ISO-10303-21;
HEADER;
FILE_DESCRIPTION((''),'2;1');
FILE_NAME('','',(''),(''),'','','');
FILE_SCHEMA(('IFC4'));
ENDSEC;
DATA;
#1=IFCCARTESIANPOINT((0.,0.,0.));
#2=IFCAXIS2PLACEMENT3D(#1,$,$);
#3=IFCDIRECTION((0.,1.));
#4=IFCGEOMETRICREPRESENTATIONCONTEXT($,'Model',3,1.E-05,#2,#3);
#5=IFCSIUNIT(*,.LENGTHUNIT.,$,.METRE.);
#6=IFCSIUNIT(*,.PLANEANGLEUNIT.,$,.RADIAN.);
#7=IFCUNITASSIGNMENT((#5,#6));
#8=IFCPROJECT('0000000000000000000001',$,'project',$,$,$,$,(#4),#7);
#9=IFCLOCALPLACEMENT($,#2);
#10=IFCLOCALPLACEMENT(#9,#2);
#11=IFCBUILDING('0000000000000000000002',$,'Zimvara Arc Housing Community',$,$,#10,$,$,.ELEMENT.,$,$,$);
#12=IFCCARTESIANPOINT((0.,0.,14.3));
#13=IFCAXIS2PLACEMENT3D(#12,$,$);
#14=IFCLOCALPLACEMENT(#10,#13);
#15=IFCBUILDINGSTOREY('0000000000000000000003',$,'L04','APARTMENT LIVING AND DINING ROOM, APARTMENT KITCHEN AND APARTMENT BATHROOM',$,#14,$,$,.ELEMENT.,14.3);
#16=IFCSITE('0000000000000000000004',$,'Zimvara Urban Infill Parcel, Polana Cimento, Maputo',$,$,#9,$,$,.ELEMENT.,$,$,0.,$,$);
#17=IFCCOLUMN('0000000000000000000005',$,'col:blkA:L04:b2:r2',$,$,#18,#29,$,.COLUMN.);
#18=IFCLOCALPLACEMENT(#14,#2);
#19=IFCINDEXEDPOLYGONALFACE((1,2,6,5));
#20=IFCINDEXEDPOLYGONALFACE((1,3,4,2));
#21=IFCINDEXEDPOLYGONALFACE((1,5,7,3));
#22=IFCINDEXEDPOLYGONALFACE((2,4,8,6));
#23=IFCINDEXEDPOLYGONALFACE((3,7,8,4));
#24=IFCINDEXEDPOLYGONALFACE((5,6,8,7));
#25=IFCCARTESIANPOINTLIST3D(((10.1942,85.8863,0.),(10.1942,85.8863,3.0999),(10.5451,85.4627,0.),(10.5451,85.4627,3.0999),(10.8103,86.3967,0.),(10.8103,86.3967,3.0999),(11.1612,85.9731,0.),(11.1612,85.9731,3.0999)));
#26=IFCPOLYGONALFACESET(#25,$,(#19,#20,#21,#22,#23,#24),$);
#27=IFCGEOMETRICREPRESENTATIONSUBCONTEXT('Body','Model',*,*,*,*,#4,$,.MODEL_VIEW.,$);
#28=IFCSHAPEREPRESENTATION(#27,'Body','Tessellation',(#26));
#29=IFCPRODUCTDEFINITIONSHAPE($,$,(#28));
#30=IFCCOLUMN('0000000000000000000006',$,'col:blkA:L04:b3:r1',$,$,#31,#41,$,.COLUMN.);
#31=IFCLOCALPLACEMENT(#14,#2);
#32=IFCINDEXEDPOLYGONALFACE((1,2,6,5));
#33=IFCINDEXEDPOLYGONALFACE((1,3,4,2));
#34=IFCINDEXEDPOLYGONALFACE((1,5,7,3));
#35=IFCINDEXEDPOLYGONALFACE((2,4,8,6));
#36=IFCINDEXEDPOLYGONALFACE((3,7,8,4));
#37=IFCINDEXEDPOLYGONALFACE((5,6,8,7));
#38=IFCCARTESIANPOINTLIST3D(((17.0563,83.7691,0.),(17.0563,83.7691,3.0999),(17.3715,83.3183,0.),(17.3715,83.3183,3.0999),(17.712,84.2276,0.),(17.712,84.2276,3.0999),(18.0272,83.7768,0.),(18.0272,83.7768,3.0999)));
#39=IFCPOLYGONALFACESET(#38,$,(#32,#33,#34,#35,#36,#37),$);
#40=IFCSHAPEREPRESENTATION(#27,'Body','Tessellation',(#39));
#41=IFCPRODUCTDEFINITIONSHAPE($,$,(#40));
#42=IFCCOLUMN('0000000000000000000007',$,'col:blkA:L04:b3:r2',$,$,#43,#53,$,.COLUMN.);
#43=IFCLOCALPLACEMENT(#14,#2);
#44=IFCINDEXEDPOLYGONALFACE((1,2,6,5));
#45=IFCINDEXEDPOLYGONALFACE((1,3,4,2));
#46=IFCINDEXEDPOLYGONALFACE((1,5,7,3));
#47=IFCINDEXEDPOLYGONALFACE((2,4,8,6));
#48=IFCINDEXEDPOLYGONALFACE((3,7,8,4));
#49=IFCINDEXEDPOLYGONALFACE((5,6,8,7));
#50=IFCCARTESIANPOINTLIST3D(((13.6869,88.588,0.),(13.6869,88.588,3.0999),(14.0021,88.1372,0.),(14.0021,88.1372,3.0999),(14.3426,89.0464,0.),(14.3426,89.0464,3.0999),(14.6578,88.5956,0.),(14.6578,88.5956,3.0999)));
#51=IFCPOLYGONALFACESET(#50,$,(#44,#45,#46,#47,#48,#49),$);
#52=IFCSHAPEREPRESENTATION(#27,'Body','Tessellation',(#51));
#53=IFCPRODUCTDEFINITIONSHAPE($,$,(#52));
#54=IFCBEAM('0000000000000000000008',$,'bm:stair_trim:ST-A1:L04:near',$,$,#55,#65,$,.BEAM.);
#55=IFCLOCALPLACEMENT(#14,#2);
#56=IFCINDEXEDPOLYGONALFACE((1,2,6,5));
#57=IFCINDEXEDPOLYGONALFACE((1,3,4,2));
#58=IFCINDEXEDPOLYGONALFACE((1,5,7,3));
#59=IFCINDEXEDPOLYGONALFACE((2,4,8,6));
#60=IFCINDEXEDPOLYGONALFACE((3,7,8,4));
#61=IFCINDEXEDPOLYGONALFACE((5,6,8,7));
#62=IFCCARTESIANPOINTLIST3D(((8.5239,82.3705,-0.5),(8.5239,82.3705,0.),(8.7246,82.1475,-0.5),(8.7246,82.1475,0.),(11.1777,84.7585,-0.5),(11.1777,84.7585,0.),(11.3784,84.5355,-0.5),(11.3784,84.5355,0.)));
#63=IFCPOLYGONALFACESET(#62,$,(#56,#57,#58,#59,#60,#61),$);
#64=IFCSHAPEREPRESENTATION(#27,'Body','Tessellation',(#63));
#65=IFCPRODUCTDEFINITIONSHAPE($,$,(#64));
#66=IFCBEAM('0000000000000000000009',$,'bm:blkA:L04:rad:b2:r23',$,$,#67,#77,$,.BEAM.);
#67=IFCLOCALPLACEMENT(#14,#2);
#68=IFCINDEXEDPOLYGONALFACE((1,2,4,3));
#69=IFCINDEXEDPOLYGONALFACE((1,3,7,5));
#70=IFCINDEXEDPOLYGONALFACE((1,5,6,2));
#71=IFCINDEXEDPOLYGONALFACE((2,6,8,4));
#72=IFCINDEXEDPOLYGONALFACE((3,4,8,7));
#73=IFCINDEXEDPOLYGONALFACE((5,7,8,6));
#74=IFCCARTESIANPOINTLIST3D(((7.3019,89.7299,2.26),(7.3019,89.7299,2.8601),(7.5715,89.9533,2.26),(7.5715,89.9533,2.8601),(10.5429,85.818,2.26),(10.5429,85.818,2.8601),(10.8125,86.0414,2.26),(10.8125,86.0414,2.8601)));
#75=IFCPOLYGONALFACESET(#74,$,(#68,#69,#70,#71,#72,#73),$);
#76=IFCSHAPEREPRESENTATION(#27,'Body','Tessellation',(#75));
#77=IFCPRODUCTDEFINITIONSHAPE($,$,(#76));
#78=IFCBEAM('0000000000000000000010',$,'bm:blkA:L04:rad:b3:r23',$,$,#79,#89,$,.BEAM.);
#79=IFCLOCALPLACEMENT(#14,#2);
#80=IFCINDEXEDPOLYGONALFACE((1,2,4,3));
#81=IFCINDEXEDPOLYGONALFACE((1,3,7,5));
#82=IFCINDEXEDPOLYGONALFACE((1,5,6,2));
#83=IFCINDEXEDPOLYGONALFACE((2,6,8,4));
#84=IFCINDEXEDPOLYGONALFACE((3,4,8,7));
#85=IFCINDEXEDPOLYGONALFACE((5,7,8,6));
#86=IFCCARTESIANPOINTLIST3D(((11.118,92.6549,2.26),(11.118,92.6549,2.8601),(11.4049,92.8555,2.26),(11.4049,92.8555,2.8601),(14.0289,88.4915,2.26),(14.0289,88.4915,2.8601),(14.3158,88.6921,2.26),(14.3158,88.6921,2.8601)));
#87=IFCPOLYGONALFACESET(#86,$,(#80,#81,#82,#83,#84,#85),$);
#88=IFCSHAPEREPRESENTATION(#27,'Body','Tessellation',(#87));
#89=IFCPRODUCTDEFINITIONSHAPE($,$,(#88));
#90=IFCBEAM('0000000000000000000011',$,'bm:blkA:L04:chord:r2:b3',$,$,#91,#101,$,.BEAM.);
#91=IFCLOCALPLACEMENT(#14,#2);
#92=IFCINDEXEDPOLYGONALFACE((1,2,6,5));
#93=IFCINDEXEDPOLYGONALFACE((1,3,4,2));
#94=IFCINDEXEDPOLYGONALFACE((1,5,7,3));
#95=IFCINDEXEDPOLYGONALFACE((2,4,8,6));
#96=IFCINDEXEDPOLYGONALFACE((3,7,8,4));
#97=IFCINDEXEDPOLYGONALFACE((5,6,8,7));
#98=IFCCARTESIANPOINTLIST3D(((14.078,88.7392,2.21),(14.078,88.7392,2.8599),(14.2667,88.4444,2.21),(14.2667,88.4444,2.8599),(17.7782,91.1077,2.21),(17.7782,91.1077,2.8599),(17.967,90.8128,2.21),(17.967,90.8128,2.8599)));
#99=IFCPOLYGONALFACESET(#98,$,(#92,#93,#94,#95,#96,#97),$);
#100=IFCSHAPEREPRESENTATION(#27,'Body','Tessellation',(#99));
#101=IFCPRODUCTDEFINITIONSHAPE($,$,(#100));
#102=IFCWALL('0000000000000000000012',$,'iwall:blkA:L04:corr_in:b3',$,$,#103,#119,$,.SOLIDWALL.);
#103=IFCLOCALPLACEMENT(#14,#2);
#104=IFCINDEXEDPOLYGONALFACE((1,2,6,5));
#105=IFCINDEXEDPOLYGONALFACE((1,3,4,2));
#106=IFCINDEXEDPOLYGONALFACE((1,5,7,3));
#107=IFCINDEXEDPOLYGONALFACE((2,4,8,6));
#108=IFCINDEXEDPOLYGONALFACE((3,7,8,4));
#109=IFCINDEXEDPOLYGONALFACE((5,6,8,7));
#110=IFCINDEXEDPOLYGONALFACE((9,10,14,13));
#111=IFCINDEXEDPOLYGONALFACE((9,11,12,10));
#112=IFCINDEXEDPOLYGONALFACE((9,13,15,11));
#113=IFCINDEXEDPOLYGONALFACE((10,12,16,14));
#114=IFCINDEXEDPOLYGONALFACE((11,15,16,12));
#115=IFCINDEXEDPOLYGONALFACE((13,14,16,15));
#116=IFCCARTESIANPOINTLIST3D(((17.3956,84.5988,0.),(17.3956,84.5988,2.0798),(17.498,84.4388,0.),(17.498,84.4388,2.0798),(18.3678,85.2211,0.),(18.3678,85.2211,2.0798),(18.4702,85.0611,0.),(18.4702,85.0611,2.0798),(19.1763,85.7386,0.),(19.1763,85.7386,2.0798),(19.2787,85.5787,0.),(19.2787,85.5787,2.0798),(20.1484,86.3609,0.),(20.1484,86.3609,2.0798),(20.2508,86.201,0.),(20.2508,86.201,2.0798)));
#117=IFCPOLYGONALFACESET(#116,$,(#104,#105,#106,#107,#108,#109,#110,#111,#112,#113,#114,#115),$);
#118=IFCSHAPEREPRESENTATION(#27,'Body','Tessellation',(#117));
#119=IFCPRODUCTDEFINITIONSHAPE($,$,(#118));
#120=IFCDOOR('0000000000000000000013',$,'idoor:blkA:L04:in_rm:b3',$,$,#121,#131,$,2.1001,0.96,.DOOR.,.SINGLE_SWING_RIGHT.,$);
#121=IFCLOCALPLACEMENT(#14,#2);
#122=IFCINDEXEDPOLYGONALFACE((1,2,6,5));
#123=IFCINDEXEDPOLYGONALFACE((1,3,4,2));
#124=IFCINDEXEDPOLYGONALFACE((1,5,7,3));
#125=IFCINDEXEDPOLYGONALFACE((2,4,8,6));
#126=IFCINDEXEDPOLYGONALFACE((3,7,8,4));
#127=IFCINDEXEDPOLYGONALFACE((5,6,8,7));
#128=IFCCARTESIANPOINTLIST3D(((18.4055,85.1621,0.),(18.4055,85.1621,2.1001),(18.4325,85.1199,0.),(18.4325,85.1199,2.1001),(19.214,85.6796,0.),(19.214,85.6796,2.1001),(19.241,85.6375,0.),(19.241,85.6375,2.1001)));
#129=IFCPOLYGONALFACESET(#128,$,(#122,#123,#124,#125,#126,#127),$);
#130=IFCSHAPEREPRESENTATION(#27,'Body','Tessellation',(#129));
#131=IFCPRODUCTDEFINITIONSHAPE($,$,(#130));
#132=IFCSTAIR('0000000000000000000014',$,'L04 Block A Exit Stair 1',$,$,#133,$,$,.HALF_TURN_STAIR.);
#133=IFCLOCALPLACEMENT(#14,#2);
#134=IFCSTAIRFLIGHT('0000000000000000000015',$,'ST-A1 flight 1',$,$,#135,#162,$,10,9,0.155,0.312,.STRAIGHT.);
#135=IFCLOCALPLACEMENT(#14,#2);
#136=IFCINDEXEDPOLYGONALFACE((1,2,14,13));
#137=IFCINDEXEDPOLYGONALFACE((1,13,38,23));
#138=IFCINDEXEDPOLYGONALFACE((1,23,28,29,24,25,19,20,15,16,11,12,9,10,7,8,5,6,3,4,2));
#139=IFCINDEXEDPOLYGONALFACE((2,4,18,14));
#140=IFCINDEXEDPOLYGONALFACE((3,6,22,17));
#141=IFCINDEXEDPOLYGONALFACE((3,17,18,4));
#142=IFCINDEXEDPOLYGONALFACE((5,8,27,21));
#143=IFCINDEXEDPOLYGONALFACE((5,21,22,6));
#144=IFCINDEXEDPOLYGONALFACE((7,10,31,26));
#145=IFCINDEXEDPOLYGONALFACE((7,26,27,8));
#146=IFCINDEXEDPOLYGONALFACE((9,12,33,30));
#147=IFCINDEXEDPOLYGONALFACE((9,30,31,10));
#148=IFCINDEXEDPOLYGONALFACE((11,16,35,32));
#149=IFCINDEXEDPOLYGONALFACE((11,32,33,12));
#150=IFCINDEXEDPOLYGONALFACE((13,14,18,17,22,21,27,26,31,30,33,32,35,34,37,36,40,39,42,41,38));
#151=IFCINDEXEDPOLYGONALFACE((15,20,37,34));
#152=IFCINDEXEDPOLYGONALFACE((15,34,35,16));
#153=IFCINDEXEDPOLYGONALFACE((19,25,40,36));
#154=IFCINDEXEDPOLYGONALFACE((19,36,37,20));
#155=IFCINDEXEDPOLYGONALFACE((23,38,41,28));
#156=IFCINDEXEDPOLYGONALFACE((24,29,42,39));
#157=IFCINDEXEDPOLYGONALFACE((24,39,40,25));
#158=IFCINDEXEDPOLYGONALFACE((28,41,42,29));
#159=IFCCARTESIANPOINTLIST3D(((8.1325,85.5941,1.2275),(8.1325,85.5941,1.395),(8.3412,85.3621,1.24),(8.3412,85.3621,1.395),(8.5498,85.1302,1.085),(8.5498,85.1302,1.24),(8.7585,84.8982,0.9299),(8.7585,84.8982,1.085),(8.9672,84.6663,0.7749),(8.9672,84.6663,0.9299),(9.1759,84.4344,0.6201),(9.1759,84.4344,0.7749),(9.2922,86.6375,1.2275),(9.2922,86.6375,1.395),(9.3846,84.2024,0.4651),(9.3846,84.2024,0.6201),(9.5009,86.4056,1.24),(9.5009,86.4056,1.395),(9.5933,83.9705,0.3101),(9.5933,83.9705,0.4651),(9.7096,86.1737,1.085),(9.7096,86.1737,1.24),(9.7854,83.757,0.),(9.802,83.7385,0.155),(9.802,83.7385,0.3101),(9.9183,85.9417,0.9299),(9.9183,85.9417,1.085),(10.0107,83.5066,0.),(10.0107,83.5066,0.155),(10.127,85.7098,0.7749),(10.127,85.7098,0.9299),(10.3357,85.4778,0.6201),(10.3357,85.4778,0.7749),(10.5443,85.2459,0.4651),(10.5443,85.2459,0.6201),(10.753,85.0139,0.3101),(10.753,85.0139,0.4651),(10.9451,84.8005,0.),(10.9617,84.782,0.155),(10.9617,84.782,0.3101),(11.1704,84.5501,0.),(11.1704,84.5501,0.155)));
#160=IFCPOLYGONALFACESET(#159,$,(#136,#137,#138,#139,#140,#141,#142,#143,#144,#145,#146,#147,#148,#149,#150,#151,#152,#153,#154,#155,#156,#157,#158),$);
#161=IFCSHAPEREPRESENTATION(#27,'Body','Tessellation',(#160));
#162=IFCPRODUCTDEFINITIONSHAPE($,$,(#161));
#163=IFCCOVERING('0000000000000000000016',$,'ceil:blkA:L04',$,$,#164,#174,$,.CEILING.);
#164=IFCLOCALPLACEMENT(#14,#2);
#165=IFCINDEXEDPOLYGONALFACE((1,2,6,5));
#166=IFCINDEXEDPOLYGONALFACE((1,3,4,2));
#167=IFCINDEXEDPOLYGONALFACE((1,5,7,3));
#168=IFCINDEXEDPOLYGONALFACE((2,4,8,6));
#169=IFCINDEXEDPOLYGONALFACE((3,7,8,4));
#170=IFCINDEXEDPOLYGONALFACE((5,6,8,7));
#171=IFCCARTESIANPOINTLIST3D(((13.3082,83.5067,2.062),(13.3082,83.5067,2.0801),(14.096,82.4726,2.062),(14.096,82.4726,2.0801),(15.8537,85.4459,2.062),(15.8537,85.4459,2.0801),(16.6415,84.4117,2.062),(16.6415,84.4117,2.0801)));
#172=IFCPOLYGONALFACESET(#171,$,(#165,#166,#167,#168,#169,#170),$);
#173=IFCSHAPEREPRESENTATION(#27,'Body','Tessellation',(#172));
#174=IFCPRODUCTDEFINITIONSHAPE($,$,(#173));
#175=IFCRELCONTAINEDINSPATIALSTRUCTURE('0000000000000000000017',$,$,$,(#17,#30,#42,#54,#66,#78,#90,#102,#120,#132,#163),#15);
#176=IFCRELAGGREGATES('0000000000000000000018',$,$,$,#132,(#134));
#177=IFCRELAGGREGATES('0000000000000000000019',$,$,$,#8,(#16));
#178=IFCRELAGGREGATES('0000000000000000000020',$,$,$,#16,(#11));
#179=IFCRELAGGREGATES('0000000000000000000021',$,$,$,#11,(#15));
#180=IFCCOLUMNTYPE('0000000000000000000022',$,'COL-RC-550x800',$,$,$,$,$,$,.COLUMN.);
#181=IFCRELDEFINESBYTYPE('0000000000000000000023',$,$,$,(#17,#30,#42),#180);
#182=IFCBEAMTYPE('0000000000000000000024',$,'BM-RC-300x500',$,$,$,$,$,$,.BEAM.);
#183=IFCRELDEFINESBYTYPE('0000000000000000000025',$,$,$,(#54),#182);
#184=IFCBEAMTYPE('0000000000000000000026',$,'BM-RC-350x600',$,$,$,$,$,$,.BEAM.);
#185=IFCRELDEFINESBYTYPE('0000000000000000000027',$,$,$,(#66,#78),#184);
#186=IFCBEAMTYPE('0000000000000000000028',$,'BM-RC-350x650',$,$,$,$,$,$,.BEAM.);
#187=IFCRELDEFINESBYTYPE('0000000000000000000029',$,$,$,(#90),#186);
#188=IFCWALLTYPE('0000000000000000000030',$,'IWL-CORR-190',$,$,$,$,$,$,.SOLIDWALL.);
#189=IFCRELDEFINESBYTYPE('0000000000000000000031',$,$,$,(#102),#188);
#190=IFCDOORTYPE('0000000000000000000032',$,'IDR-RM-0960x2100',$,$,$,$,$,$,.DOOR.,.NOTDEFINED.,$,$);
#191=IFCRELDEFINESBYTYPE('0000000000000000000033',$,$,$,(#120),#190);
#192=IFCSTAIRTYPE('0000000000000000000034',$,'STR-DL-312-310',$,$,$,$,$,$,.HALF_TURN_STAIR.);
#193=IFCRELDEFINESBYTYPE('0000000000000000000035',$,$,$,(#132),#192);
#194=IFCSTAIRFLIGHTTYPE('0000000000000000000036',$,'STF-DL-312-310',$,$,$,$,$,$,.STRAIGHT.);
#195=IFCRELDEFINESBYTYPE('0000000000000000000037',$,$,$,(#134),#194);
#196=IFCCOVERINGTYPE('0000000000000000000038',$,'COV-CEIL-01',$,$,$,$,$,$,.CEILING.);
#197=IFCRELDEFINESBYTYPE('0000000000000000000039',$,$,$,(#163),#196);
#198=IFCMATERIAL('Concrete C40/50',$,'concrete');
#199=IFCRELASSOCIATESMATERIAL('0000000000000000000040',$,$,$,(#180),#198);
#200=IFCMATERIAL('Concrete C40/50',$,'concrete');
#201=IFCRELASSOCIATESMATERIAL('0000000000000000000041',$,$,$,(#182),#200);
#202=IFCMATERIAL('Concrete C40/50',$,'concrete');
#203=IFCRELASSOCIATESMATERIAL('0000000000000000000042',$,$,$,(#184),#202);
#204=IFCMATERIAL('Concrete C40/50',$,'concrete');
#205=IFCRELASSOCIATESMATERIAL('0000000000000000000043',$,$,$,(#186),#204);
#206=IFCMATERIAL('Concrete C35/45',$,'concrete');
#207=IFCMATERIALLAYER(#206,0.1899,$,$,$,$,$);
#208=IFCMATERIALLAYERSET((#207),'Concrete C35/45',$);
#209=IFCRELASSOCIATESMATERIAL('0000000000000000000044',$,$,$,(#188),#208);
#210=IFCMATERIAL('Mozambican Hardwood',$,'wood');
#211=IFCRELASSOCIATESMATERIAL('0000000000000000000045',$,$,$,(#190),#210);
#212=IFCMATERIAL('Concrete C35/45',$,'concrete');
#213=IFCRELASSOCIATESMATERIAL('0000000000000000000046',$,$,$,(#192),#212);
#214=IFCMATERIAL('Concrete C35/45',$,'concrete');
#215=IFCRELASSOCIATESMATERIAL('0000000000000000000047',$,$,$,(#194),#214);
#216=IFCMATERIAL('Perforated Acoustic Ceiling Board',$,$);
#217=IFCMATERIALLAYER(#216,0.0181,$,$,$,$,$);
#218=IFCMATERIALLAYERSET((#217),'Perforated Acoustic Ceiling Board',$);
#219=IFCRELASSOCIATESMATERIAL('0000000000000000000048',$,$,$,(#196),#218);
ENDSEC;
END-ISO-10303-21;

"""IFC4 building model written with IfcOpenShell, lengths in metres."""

from ifc_helpers import new_model, si_unit, direction, frame, frame_2d, origin, origin_2d, place, context, subcontext, project, spatial, polyline, rectangle, outline, extrude, material, layer, layer_set, material_profile, profile_set, type_object, element, fill, aggregate, save


model = new_model("IFC4")

# Units and contexts
model_context = context("Model", 3, precision=1e-05, world=origin(), true_north=direction((0.0, 1.0)))
body_context = subcontext(model_context, "Body", "Model", "MODEL_VIEW")
ifc_project = project(units=[si_unit("LENGTHUNIT", "METRE"), si_unit("PLANEANGLEUNIT", "RADIAN")], contexts=[model_context])

# Site, building, storey
site_placement = place(None, origin())
site = spatial("IfcSite", under=ifc_project, at=site_placement, Name="Zimvara Urban Infill Parcel, Polana Cimento, Maputo", CompositionType="ELEMENT", RefElevation=0.0)
building_placement = place(site_placement, origin())
building = spatial("IfcBuilding", under=site, at=building_placement, Name="Zimvara Arc Housing Community", CompositionType="ELEMENT")
storey_placement = place(building_placement, frame((0.0, 0.0, 14.3)))
storey = spatial("IfcBuildingStorey", under=building, at=storey_placement, Name="L04", Description="APARTMENT LIVING AND DINING ROOM, APARTMENT KITCHEN AND APARTMENT BATHROOM", CompositionType="ELEMENT", Elevation=14.3)

# Columns
ifc_material_1 = material(Name="Concrete C40/50", Category="concrete")
ifc_material_profile_1 = material_profile(ifc_material_1, rectangle(XDim=0.55, YDim=0.8, at=origin_2d()), Name="RC 550x800")
ifc_profile_set_1 = profile_set([ifc_material_profile_1], Name="Concrete C40/50")
column_type = type_object("IfcColumnType", Name="COL-RC-550x800", PredefinedType="COLUMN", material=ifc_profile_set_1)
for number, where, z_axis, x_axis, name in (
    (1, (10.6777, 85.9297, 0.0), (0.0, 0.0, 1.0), (-0.637962, 0.770068, 0.0), "col:blkA:L04:b2:r2"),
    (2, (17.5417, 83.7729, 0.0), (0.0, 0.0, 1.0), (-0.573004, 0.819552, 0.0), "col:blkA:L04:b3:r1"),
    (3, (14.1724, 88.5918, 0.0), (0.0, 0.0, 1.0), (-0.573004, 0.819552, 0.0), "col:blkA:L04:b3:r2"),
):
    element("IfcColumn", number, at=place(storey_placement, frame(where, z_axis=z_axis, x_axis=x_axis)), inside=storey, type_object=column_type, Name=name, PredefinedType="COLUMN", context=body_context, shape_type="SweptSolid", body=[
        extrude(rectangle(XDim=0.55, YDim=0.8, at=origin_2d()), origin(), (0.0, 0.0, 1.0), 3.0999),
    ])

# Beams
ifc_material_2 = material(Name="Concrete C40/50", Category="concrete")
ifc_material_profile_2 = material_profile(ifc_material_2, rectangle(XDim=0.3, YDim=0.5, at=origin_2d()), Name="RC 300x500")
ifc_profile_set_2 = profile_set([ifc_material_profile_2], Name="Concrete C40/50")
beam_type_1 = type_object("IfcBeamType", Name="BM-RC-300x500", PredefinedType="BEAM", material=ifc_profile_set_2)
beam_1_placement = place(storey_placement, frame((11.2781, 84.647, -0.25), z_axis=(-0.743362, -0.668889, 0.0), x_axis=(0.668889, -0.743362, 0.0)))
element("IfcBeam", 4, at=beam_1_placement, inside=storey, type_object=beam_type_1, Name="bm:stair_trim:ST-A1:L04:near", PredefinedType="BEAM", context=body_context, shape_type="SweptSolid", body=[
    extrude(rectangle(XDim=0.3, YDim=0.5, at=origin_2d()), origin(), (0.0, 0.0, 1.0), 3.5701),
])
ifc_material_3 = material(Name="Concrete C40/50", Category="concrete")
ifc_material_profile_3 = material_profile(ifc_material_3, rectangle(XDim=0.3501, YDim=0.6001, at=origin_2d()), Name="RC 350x600")
ifc_profile_set_3 = profile_set([ifc_material_profile_3], Name="Concrete C40/50")
beam_type_2 = type_object("IfcBeamType", Name="BM-RC-350x600", PredefinedType="BEAM", material=ifc_profile_set_3)
for number, where, z_axis, x_axis, name in (
    (5, (10.6777, 85.9297, 2.5601), (-0.637984, 0.77005, 0.0), (-0.77005, -0.637984, 0.0), "bm:blkA:L04:rad:b2:r23"),
    (6, (14.1724, 88.5918, 2.5601), (-0.573007, 0.81955, 0.0), (-0.81955, -0.573007, 0.0), "bm:blkA:L04:rad:b3:r23"),
):
    element("IfcBeam", number, at=place(storey_placement, frame(where, z_axis=z_axis, x_axis=x_axis)), inside=storey, type_object=beam_type_2, Name=name, PredefinedType="BEAM", context=body_context, shape_type="SweptSolid", body=[
        extrude(rectangle(XDim=0.3501, YDim=0.6001, at=origin_2d()), origin(), (0.0, 0.0, 1.0), 5.0801),
    ])
ifc_material_4 = material(Name="Concrete C40/50", Category="concrete")
ifc_material_profile_4 = material_profile(ifc_material_4, rectangle(XDim=0.3501, YDim=0.6499, at=origin_2d()), Name="RC 350x650")
ifc_profile_set_4 = profile_set([ifc_material_profile_4], Name="Concrete C40/50")
beam_type_3 = type_object("IfcBeamType", Name="BM-RC-350x650", PredefinedType="BEAM", material=ifc_profile_set_4)
beam_2_placement = place(storey_placement, frame((14.1724, 88.5918, 2.5349), z_axis=(0.842242, 0.539099, 0.0), x_axis=(-0.539099, 0.842242, 0.0)))
element("IfcBeam", 7, at=beam_2_placement, inside=storey, type_object=beam_type_3, Name="bm:blkA:L04:chord:r2:b3", PredefinedType="BEAM", context=body_context, shape_type="SweptSolid", body=[
    extrude(rectangle(XDim=0.3501, YDim=0.6499, at=origin_2d()), origin(), (0.0, 0.0, 1.0), 4.3933),
])

# Wall, opening, door
ifc_material_5 = material(Name="Concrete C35/45", Category="concrete")
ifc_layer_1 = layer(ifc_material_5, 0.1899)
ifc_layer_set_1 = layer_set([ifc_layer_1], Name="Concrete C35/45")
wall_type_1 = type_object("IfcWallType", Name="IWL-CORR-190", PredefinedType="SOLIDWALL", material=ifc_layer_set_1)
wall_1_placement = place(storey_placement, frame((17.4468, 84.5188, 0.0), z_axis=(0.0, 0.0, 1.0), x_axis=(0.842225, 0.539126, 0.0)))
wall_1 = element("IfcWall", 8, at=wall_1_placement, inside=storey, type_object=wall_type_1, Name="iwall:blkA:L04:corr_in:b3", PredefinedType="SOLIDWALL", context=body_context, shape_type="SweptSolid", body=[
    extrude(rectangle(XDim=3.2686, YDim=0.1899, at=frame_2d((1.6343, 0.0))), origin(), (0.0, 0.0, 1.0), 2.0798),
])
opening_1_placement = place(wall_1_placement, frame((1.1543, 0.0, 0.0)))
opening_1 = element("IfcOpeningElement", 9, at=opening_1_placement, cuts=wall_1, PredefinedType="OPENING", context=body_context, shape_type="SweptSolid", body=[
    extrude(rectangle(XDim=0.96, YDim=2.1001, at=frame_2d((0.48, 1.05))), frame((0.0, 0.105, 0.0), z_axis=(0.0, -1.0, 0.0), x_axis=(1.0, 0.0, 0.0)), (0.0, 0.0, 1.0), 0.21),
])
ifc_material_6 = material(Name="Mozambican Hardwood", Category="wood")
door_type_1 = type_object("IfcDoorType", Name="IDR-RM-0960x2100", OperationType="NOTDEFINED", PredefinedType="DOOR", material=ifc_material_6)
door_1_placement = place(opening_1_placement, origin())
door_1 = element("IfcDoor", 10, at=door_1_placement, inside=storey, type_object=door_type_1, Name="idoor:blkA:L04:in_rm:b3", OperationType="SINGLE_SWING_RIGHT", OverallHeight=2.1001, OverallWidth=0.96, PredefinedType="DOOR", context=body_context, shape_type="SweptSolid", body=[
    extrude(rectangle(XDim=0.96, YDim=2.1001, at=frame_2d((0.48, 1.05))), frame((0.0, 0.0249, 0.0), z_axis=(0.0, -1.0, 0.0), x_axis=(1.0, 0.0, 0.0)), (0.0, 0.0, 1.0), 0.05),
])
fill(opening_1, door_1)

# Stair, stair flight
ifc_material_7 = material(Name="Concrete C35/45", Category="concrete")
stair_type = type_object("IfcStairType", Name="STR-DL-312-310", PredefinedType="HALF_TURN_STAIR", material=ifc_material_7)
stair_placement = place(storey_placement, origin())
stair = element("IfcStair", 11, at=stair_placement, inside=storey, type_object=stair_type, Name="L04 Block A Exit Stair 1", PredefinedType="HALF_TURN_STAIR")
ifc_material_8 = material(Name="Concrete C35/45", Category="concrete")
stair_flight_type = type_object("IfcStairFlightType", Name="STF-DL-312-310", PredefinedType="STRAIGHT", material=ifc_material_8)
stair_flight_placement = place(storey_placement, frame((10.5906, 84.0283, 0.0), z_axis=(0.0, 0.0, 1.0), x_axis=(-0.668871, 0.743378, 0.0)))
stair_flight = element("IfcStairFlight", 12, at=stair_flight_placement, type_object=stair_flight_type, Name="ST-A1 flight 1", NumberOfRisers=10, NumberOfTreads=9, PredefinedType="STRAIGHT", RiserHeight=0.155, TreadLength=0.312, context=body_context, shape_type="SweptSolid", body=[
    extrude(outline(polyline([(0.0, 0.0), (0.0, 0.155), (0.312, 0.155), (0.312, 0.3101), (0.624, 0.3101), (0.624, 0.4651), (0.936, 0.4651), (0.936, 0.6201), (1.248, 0.6201), (1.248, 0.7749), (1.5601, 0.7749), (1.5601, 0.9299), (1.8721, 0.9299), (1.8721, 1.085), (2.1841, 1.085), (2.1841, 1.24), (2.4961, 1.24), (2.4961, 1.395), (2.8081, 1.395), (2.8081, 1.55), (2.8081, 1.2275), (0.3369, 0.0), (0.0, 0.0)])), frame((0.0, 0.78, 0.0), z_axis=(0.0, -1.0, 0.0), x_axis=(1.0, 0.0, 0.0)), (0.0, 0.0, 1.0), 1.5601),
])
aggregate(stair, [stair_flight])

# Covering
ifc_material_9 = material(Name="Perforated Acoustic Ceiling Board")
ifc_layer_2 = layer(ifc_material_9, 0.0181)
ifc_layer_set_2 = layer_set([ifc_layer_2], Name="Perforated Acoustic Ceiling Board")
covering_type_1 = type_object("IfcCoveringType", Name="COV-CEIL-01", PredefinedType="CEILING", material=ifc_layer_set_2)
covering_1_placement = place(storey_placement, frame((14.9749, 83.9592, 2.062), z_axis=(0.0, 0.0, 1.0), x_axis=(-0.605988, 0.795473, 0.0)))
element("IfcCovering", 13, at=covering_1_placement, inside=storey, type_object=covering_type_1, Name="ceil:blkA:L04", PredefinedType="CEILING", context=body_context, shape_type="SweptSolid", body=[
    extrude(rectangle(XDim=1.3, YDim=3.2, at=origin_2d()), origin(), (0.0, 0.0, 1.0), 0.0181),
])

save(model, "model.ifc")
